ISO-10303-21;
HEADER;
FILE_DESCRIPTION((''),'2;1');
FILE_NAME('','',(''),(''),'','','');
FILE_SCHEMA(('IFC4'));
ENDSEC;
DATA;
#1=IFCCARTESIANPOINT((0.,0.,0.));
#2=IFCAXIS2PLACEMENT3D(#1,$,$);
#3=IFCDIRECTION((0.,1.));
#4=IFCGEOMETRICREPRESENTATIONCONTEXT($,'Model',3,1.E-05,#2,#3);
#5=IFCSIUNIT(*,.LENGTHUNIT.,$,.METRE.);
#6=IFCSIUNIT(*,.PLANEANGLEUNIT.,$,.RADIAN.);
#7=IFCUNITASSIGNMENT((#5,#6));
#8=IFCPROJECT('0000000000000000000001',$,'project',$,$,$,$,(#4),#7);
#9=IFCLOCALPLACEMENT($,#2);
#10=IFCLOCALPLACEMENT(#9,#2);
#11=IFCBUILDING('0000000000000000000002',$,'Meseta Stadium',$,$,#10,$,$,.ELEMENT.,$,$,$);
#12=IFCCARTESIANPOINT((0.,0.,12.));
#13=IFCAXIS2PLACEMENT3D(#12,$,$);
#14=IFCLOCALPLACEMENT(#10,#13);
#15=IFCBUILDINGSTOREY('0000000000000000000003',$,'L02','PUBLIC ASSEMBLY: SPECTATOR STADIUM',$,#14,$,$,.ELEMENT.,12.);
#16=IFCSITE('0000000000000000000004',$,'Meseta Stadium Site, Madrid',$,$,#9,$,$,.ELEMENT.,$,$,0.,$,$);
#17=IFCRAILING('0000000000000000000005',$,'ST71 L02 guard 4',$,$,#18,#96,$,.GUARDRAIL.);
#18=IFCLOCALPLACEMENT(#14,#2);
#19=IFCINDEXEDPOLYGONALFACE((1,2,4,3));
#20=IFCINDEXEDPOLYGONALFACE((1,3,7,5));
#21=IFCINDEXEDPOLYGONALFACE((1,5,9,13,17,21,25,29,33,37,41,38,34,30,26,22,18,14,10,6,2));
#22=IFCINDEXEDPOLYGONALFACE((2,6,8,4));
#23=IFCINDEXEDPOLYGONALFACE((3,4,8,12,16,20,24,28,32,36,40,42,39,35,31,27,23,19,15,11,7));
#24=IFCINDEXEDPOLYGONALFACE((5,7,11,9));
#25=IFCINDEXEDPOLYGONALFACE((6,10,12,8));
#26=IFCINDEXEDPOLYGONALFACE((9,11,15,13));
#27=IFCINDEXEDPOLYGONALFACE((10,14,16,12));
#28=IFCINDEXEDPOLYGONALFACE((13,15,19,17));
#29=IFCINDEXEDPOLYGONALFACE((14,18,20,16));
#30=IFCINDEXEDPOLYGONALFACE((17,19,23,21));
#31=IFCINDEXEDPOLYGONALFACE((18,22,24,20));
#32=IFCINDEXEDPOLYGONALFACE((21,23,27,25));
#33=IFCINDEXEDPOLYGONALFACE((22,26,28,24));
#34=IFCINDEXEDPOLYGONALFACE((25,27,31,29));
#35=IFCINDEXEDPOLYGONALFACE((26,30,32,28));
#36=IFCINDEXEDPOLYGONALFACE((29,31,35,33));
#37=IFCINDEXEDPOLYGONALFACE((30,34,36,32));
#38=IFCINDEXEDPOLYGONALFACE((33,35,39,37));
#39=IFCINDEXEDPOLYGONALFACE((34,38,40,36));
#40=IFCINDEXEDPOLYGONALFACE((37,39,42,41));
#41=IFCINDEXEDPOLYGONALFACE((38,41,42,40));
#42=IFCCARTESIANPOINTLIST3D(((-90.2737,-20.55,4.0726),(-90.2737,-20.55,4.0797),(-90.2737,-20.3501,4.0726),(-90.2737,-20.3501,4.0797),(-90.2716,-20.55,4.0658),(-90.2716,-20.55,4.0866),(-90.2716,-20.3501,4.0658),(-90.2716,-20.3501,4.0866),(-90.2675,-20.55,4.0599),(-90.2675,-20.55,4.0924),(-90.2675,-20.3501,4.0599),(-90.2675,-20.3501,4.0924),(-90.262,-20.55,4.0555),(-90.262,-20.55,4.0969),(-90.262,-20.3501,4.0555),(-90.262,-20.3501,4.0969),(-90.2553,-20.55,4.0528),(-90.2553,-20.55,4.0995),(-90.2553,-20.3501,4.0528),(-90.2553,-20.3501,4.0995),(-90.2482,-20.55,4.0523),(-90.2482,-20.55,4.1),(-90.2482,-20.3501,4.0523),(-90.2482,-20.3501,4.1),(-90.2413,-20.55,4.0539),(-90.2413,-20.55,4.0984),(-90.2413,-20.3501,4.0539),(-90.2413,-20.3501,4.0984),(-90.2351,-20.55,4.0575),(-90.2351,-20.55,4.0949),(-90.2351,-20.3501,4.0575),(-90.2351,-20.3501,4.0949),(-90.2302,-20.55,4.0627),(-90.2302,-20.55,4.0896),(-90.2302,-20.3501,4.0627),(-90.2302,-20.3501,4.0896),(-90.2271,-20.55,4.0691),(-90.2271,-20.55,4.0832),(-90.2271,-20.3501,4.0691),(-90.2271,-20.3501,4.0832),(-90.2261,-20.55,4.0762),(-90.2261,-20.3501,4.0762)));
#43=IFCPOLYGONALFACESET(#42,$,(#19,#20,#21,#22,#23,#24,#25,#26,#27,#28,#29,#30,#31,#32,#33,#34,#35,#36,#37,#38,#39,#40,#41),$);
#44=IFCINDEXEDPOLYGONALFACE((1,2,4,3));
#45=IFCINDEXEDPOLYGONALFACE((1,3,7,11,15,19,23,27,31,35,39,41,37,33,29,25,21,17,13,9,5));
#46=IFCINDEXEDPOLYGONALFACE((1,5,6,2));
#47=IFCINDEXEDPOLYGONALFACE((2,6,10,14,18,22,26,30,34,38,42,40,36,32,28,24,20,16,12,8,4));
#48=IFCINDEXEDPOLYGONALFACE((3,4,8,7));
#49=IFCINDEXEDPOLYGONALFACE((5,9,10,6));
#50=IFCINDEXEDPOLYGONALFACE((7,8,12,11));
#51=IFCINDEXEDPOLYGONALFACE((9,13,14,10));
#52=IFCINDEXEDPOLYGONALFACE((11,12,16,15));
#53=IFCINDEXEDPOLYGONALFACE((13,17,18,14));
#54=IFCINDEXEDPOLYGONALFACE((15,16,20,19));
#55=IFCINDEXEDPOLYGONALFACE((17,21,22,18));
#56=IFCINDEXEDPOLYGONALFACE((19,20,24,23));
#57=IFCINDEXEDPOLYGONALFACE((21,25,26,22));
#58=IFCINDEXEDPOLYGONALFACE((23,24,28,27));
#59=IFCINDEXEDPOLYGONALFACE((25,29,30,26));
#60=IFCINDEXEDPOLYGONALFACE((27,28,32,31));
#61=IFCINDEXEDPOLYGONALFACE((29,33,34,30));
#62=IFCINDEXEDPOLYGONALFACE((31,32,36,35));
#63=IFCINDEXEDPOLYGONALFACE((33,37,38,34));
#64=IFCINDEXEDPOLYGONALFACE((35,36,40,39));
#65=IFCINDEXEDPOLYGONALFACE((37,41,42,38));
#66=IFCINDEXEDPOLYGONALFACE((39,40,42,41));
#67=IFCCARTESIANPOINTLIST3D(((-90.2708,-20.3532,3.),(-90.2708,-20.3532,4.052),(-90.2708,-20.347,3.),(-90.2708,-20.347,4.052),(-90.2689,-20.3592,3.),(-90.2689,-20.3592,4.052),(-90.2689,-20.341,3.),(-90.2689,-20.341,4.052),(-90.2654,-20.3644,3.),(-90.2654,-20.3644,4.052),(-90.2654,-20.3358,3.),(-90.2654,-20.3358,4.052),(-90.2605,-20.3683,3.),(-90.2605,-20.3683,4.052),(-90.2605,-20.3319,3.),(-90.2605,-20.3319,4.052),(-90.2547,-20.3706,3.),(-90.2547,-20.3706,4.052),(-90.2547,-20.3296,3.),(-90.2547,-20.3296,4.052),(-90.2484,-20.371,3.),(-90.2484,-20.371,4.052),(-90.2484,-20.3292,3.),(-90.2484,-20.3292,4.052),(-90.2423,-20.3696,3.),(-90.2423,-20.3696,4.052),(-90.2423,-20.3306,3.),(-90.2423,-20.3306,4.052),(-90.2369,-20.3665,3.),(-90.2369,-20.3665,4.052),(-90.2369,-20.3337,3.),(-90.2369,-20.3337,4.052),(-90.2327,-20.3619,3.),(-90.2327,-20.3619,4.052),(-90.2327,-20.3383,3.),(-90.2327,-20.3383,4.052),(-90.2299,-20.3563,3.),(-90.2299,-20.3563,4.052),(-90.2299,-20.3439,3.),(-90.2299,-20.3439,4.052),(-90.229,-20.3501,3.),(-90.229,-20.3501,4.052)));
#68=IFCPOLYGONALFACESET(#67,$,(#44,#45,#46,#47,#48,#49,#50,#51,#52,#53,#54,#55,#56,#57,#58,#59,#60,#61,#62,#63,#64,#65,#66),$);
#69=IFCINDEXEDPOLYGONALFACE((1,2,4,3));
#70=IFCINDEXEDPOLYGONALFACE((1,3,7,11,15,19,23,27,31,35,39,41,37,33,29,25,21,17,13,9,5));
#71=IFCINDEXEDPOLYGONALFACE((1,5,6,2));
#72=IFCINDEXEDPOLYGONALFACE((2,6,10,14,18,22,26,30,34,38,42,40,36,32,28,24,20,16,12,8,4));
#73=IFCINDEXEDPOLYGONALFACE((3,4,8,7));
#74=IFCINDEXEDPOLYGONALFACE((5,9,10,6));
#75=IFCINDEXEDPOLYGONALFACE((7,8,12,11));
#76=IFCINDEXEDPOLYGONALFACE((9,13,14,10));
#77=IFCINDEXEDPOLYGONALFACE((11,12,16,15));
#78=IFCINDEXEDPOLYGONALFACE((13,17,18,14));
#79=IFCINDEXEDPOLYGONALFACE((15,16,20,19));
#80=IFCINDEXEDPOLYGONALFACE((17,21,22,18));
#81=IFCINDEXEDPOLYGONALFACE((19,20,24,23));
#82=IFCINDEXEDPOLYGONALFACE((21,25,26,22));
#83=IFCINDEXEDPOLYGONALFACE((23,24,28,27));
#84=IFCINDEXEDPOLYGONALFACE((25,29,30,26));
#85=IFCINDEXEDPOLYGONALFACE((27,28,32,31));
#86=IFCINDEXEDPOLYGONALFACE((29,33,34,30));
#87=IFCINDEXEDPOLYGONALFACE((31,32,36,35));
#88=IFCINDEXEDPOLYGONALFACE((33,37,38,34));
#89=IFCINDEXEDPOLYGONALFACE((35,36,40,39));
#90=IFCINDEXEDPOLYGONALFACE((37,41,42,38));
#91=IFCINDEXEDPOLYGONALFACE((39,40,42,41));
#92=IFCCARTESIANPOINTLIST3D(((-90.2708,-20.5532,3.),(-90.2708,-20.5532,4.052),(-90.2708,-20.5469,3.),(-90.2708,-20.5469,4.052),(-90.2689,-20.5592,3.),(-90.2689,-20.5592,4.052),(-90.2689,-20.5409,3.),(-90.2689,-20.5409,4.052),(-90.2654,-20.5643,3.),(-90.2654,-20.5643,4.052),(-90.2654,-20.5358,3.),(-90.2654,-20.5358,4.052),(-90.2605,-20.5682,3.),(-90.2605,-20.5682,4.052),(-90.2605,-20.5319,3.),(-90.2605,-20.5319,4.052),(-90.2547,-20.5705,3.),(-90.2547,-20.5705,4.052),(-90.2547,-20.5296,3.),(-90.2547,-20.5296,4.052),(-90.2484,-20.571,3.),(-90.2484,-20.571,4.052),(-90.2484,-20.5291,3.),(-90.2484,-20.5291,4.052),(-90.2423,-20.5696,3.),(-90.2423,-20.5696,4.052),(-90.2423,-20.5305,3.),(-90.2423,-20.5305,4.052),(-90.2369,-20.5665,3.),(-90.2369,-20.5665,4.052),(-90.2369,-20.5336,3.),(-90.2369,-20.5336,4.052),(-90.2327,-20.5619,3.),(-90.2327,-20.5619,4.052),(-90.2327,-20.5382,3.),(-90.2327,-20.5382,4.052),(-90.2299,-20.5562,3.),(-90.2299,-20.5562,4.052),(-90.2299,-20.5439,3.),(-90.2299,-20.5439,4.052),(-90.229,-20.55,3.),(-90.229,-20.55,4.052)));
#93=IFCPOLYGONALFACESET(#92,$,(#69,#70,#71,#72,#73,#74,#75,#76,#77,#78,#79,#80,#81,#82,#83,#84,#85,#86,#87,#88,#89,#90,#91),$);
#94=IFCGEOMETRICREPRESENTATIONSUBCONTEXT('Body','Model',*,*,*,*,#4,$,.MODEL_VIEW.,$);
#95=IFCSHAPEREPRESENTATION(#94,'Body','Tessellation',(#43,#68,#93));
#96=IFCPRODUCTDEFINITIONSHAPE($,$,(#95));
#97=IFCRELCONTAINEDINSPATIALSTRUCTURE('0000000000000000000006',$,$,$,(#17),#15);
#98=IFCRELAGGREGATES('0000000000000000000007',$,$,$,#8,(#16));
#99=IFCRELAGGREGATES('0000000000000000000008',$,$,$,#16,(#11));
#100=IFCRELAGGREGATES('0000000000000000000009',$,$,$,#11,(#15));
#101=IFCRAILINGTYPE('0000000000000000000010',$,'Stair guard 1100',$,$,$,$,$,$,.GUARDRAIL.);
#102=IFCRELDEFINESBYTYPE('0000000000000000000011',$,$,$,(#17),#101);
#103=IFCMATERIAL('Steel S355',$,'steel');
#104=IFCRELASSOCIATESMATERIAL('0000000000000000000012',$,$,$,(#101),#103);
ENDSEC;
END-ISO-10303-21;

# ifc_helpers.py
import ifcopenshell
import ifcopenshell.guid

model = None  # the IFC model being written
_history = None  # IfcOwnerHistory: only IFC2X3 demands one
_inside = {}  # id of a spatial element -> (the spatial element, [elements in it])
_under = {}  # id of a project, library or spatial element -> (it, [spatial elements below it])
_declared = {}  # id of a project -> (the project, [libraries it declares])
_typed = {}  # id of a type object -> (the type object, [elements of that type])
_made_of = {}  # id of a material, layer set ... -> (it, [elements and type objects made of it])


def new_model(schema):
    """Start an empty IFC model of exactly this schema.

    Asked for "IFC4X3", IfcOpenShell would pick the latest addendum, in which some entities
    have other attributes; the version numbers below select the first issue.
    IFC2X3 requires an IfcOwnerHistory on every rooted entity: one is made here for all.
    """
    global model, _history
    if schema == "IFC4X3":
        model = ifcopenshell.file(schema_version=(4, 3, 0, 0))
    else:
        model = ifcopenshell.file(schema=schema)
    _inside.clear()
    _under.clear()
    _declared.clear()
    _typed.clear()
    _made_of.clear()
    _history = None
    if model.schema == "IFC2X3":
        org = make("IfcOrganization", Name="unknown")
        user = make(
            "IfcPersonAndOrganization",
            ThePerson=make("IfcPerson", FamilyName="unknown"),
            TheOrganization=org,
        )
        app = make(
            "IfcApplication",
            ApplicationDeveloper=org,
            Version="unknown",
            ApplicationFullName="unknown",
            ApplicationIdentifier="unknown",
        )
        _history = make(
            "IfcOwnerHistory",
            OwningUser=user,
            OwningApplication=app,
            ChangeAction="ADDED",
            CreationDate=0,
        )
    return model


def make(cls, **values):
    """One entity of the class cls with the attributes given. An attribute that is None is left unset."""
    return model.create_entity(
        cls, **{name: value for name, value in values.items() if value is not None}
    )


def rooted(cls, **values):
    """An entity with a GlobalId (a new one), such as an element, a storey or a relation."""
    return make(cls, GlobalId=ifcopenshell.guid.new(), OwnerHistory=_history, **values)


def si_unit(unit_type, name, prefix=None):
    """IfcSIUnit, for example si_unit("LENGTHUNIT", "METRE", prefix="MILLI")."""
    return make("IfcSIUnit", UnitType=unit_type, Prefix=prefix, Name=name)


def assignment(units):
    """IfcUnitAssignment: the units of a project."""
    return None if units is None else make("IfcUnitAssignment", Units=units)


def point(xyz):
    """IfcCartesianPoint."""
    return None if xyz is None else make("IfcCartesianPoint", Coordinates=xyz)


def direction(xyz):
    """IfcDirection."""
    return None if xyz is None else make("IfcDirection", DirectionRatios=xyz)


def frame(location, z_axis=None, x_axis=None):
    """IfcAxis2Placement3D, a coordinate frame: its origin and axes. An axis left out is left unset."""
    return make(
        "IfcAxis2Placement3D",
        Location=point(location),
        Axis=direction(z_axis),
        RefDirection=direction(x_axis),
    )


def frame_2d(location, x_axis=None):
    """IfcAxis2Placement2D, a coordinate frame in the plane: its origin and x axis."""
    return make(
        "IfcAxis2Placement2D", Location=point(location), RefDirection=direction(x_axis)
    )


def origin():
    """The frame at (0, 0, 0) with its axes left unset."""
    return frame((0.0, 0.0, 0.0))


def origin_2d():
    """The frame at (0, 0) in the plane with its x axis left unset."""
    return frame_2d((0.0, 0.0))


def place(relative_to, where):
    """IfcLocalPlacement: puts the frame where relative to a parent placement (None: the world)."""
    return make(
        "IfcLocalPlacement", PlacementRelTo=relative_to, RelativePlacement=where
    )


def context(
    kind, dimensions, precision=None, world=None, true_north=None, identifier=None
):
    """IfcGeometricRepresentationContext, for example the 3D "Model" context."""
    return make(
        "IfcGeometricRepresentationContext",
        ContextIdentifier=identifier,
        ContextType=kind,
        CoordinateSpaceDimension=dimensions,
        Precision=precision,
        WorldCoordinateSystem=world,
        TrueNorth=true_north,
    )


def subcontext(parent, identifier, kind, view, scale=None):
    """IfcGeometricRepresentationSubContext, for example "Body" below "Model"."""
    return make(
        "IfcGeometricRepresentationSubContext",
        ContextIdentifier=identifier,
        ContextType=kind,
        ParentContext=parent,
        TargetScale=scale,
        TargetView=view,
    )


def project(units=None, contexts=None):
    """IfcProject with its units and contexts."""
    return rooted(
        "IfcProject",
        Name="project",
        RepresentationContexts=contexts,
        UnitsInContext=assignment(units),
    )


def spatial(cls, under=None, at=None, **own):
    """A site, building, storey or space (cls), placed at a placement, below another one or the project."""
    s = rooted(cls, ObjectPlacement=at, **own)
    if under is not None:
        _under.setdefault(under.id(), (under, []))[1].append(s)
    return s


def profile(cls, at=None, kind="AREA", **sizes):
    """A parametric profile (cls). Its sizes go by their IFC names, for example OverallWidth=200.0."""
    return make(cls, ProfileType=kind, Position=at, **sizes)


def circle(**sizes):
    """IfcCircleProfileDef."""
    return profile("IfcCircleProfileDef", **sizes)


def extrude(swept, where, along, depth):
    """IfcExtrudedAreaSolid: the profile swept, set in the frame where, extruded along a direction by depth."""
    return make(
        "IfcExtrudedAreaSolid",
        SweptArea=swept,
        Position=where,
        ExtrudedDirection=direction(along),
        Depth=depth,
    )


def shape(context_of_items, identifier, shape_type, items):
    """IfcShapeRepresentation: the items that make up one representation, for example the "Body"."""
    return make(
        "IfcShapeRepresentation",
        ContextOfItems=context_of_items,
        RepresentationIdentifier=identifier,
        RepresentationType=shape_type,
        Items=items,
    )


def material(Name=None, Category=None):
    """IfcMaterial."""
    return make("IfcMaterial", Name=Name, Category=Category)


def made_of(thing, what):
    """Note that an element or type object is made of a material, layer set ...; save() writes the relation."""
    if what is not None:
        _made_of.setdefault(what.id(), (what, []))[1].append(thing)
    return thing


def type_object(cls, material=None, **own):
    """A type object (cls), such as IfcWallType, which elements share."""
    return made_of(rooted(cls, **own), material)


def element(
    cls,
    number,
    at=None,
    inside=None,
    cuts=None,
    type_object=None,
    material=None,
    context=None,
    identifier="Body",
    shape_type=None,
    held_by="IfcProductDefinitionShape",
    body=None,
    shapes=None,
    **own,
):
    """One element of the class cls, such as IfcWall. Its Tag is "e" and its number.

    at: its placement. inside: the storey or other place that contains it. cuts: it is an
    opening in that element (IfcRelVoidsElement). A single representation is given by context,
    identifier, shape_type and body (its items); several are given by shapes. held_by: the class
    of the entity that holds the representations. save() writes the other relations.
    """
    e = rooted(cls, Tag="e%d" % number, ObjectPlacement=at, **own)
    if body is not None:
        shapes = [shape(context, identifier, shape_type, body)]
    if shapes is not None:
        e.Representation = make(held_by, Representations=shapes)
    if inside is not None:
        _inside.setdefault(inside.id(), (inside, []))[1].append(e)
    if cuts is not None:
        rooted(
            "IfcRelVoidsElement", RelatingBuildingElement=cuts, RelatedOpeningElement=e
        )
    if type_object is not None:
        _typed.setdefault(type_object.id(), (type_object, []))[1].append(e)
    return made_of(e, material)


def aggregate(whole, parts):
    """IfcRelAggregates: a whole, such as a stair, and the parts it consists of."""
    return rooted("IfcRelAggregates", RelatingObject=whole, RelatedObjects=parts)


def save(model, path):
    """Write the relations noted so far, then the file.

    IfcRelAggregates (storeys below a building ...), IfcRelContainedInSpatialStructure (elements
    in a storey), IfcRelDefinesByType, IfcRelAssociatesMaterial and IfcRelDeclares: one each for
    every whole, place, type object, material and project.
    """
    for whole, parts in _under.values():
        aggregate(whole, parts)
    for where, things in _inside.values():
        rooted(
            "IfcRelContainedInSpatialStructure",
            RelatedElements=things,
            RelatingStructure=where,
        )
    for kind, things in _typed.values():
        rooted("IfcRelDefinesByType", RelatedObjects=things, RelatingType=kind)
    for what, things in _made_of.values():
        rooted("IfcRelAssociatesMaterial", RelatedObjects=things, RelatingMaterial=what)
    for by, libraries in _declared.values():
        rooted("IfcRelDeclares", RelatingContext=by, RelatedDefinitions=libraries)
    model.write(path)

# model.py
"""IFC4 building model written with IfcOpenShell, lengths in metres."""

from ifc_helpers import new_model, si_unit, direction, frame, origin, origin_2d, place, context, subcontext, project, spatial, circle, extrude, material, type_object, element, save


model = new_model("IFC4")

# Units and contexts
model_context = context("Model", 3, precision=1e-05, world=origin(), true_north=direction((0.0, 1.0)))
body_context = subcontext(model_context, "Body", "Model", "MODEL_VIEW")
ifc_project = project(units=[si_unit("LENGTHUNIT", "METRE"), si_unit("PLANEANGLEUNIT", "RADIAN")], contexts=[model_context])

# Site, building, storey
site_placement = place(None, origin())
site = spatial("IfcSite", under=ifc_project, at=site_placement, Name="Meseta Stadium Site, Madrid", CompositionType="ELEMENT", RefElevation=0.0)
building_placement = place(site_placement, origin())
building = spatial("IfcBuilding", under=site, at=building_placement, Name="Meseta Stadium", CompositionType="ELEMENT")
storey_placement = place(building_placement, frame((0.0, 0.0, 12.0)))
storey = spatial("IfcBuildingStorey", under=building, at=storey_placement, Name="L02", Description="PUBLIC ASSEMBLY: SPECTATOR STADIUM", CompositionType="ELEMENT", Elevation=12.0)

# Railing
ifc_material_1 = material(Name="Steel S355", Category="steel")
railing_type_1 = type_object("IfcRailingType", Name="Stair guard 1100", PredefinedType="GUARDRAIL", material=ifc_material_1)
railing_1_placement = place(storey_placement, frame((-90.25, -20.3501, 3.0)))
element("IfcRailing", 1, at=railing_1_placement, inside=storey, type_object=railing_type_1, Name="ST71 L02 guard 4", PredefinedType="GUARDRAIL", context=body_context, shape_type="SweptSolid", body=[
    extrude(circle(Radius=0.0239, at=origin_2d()), frame((0.0, 0.0, 1.0762), z_axis=(0.0, -1.0, 0.0), x_axis=(1.0, 0.0, 0.0)), (0.0, 0.0, 1.0), 0.2),
    extrude(circle(Radius=0.021, at=origin_2d()), origin(), (0.0, 0.0, 1.0), 1.052),
    extrude(circle(Radius=0.021, at=origin_2d()), frame((0.0, -0.2, 0.0)), (0.0, 0.0, 1.0), 1.052),
])

save(model, "model.ifc")
